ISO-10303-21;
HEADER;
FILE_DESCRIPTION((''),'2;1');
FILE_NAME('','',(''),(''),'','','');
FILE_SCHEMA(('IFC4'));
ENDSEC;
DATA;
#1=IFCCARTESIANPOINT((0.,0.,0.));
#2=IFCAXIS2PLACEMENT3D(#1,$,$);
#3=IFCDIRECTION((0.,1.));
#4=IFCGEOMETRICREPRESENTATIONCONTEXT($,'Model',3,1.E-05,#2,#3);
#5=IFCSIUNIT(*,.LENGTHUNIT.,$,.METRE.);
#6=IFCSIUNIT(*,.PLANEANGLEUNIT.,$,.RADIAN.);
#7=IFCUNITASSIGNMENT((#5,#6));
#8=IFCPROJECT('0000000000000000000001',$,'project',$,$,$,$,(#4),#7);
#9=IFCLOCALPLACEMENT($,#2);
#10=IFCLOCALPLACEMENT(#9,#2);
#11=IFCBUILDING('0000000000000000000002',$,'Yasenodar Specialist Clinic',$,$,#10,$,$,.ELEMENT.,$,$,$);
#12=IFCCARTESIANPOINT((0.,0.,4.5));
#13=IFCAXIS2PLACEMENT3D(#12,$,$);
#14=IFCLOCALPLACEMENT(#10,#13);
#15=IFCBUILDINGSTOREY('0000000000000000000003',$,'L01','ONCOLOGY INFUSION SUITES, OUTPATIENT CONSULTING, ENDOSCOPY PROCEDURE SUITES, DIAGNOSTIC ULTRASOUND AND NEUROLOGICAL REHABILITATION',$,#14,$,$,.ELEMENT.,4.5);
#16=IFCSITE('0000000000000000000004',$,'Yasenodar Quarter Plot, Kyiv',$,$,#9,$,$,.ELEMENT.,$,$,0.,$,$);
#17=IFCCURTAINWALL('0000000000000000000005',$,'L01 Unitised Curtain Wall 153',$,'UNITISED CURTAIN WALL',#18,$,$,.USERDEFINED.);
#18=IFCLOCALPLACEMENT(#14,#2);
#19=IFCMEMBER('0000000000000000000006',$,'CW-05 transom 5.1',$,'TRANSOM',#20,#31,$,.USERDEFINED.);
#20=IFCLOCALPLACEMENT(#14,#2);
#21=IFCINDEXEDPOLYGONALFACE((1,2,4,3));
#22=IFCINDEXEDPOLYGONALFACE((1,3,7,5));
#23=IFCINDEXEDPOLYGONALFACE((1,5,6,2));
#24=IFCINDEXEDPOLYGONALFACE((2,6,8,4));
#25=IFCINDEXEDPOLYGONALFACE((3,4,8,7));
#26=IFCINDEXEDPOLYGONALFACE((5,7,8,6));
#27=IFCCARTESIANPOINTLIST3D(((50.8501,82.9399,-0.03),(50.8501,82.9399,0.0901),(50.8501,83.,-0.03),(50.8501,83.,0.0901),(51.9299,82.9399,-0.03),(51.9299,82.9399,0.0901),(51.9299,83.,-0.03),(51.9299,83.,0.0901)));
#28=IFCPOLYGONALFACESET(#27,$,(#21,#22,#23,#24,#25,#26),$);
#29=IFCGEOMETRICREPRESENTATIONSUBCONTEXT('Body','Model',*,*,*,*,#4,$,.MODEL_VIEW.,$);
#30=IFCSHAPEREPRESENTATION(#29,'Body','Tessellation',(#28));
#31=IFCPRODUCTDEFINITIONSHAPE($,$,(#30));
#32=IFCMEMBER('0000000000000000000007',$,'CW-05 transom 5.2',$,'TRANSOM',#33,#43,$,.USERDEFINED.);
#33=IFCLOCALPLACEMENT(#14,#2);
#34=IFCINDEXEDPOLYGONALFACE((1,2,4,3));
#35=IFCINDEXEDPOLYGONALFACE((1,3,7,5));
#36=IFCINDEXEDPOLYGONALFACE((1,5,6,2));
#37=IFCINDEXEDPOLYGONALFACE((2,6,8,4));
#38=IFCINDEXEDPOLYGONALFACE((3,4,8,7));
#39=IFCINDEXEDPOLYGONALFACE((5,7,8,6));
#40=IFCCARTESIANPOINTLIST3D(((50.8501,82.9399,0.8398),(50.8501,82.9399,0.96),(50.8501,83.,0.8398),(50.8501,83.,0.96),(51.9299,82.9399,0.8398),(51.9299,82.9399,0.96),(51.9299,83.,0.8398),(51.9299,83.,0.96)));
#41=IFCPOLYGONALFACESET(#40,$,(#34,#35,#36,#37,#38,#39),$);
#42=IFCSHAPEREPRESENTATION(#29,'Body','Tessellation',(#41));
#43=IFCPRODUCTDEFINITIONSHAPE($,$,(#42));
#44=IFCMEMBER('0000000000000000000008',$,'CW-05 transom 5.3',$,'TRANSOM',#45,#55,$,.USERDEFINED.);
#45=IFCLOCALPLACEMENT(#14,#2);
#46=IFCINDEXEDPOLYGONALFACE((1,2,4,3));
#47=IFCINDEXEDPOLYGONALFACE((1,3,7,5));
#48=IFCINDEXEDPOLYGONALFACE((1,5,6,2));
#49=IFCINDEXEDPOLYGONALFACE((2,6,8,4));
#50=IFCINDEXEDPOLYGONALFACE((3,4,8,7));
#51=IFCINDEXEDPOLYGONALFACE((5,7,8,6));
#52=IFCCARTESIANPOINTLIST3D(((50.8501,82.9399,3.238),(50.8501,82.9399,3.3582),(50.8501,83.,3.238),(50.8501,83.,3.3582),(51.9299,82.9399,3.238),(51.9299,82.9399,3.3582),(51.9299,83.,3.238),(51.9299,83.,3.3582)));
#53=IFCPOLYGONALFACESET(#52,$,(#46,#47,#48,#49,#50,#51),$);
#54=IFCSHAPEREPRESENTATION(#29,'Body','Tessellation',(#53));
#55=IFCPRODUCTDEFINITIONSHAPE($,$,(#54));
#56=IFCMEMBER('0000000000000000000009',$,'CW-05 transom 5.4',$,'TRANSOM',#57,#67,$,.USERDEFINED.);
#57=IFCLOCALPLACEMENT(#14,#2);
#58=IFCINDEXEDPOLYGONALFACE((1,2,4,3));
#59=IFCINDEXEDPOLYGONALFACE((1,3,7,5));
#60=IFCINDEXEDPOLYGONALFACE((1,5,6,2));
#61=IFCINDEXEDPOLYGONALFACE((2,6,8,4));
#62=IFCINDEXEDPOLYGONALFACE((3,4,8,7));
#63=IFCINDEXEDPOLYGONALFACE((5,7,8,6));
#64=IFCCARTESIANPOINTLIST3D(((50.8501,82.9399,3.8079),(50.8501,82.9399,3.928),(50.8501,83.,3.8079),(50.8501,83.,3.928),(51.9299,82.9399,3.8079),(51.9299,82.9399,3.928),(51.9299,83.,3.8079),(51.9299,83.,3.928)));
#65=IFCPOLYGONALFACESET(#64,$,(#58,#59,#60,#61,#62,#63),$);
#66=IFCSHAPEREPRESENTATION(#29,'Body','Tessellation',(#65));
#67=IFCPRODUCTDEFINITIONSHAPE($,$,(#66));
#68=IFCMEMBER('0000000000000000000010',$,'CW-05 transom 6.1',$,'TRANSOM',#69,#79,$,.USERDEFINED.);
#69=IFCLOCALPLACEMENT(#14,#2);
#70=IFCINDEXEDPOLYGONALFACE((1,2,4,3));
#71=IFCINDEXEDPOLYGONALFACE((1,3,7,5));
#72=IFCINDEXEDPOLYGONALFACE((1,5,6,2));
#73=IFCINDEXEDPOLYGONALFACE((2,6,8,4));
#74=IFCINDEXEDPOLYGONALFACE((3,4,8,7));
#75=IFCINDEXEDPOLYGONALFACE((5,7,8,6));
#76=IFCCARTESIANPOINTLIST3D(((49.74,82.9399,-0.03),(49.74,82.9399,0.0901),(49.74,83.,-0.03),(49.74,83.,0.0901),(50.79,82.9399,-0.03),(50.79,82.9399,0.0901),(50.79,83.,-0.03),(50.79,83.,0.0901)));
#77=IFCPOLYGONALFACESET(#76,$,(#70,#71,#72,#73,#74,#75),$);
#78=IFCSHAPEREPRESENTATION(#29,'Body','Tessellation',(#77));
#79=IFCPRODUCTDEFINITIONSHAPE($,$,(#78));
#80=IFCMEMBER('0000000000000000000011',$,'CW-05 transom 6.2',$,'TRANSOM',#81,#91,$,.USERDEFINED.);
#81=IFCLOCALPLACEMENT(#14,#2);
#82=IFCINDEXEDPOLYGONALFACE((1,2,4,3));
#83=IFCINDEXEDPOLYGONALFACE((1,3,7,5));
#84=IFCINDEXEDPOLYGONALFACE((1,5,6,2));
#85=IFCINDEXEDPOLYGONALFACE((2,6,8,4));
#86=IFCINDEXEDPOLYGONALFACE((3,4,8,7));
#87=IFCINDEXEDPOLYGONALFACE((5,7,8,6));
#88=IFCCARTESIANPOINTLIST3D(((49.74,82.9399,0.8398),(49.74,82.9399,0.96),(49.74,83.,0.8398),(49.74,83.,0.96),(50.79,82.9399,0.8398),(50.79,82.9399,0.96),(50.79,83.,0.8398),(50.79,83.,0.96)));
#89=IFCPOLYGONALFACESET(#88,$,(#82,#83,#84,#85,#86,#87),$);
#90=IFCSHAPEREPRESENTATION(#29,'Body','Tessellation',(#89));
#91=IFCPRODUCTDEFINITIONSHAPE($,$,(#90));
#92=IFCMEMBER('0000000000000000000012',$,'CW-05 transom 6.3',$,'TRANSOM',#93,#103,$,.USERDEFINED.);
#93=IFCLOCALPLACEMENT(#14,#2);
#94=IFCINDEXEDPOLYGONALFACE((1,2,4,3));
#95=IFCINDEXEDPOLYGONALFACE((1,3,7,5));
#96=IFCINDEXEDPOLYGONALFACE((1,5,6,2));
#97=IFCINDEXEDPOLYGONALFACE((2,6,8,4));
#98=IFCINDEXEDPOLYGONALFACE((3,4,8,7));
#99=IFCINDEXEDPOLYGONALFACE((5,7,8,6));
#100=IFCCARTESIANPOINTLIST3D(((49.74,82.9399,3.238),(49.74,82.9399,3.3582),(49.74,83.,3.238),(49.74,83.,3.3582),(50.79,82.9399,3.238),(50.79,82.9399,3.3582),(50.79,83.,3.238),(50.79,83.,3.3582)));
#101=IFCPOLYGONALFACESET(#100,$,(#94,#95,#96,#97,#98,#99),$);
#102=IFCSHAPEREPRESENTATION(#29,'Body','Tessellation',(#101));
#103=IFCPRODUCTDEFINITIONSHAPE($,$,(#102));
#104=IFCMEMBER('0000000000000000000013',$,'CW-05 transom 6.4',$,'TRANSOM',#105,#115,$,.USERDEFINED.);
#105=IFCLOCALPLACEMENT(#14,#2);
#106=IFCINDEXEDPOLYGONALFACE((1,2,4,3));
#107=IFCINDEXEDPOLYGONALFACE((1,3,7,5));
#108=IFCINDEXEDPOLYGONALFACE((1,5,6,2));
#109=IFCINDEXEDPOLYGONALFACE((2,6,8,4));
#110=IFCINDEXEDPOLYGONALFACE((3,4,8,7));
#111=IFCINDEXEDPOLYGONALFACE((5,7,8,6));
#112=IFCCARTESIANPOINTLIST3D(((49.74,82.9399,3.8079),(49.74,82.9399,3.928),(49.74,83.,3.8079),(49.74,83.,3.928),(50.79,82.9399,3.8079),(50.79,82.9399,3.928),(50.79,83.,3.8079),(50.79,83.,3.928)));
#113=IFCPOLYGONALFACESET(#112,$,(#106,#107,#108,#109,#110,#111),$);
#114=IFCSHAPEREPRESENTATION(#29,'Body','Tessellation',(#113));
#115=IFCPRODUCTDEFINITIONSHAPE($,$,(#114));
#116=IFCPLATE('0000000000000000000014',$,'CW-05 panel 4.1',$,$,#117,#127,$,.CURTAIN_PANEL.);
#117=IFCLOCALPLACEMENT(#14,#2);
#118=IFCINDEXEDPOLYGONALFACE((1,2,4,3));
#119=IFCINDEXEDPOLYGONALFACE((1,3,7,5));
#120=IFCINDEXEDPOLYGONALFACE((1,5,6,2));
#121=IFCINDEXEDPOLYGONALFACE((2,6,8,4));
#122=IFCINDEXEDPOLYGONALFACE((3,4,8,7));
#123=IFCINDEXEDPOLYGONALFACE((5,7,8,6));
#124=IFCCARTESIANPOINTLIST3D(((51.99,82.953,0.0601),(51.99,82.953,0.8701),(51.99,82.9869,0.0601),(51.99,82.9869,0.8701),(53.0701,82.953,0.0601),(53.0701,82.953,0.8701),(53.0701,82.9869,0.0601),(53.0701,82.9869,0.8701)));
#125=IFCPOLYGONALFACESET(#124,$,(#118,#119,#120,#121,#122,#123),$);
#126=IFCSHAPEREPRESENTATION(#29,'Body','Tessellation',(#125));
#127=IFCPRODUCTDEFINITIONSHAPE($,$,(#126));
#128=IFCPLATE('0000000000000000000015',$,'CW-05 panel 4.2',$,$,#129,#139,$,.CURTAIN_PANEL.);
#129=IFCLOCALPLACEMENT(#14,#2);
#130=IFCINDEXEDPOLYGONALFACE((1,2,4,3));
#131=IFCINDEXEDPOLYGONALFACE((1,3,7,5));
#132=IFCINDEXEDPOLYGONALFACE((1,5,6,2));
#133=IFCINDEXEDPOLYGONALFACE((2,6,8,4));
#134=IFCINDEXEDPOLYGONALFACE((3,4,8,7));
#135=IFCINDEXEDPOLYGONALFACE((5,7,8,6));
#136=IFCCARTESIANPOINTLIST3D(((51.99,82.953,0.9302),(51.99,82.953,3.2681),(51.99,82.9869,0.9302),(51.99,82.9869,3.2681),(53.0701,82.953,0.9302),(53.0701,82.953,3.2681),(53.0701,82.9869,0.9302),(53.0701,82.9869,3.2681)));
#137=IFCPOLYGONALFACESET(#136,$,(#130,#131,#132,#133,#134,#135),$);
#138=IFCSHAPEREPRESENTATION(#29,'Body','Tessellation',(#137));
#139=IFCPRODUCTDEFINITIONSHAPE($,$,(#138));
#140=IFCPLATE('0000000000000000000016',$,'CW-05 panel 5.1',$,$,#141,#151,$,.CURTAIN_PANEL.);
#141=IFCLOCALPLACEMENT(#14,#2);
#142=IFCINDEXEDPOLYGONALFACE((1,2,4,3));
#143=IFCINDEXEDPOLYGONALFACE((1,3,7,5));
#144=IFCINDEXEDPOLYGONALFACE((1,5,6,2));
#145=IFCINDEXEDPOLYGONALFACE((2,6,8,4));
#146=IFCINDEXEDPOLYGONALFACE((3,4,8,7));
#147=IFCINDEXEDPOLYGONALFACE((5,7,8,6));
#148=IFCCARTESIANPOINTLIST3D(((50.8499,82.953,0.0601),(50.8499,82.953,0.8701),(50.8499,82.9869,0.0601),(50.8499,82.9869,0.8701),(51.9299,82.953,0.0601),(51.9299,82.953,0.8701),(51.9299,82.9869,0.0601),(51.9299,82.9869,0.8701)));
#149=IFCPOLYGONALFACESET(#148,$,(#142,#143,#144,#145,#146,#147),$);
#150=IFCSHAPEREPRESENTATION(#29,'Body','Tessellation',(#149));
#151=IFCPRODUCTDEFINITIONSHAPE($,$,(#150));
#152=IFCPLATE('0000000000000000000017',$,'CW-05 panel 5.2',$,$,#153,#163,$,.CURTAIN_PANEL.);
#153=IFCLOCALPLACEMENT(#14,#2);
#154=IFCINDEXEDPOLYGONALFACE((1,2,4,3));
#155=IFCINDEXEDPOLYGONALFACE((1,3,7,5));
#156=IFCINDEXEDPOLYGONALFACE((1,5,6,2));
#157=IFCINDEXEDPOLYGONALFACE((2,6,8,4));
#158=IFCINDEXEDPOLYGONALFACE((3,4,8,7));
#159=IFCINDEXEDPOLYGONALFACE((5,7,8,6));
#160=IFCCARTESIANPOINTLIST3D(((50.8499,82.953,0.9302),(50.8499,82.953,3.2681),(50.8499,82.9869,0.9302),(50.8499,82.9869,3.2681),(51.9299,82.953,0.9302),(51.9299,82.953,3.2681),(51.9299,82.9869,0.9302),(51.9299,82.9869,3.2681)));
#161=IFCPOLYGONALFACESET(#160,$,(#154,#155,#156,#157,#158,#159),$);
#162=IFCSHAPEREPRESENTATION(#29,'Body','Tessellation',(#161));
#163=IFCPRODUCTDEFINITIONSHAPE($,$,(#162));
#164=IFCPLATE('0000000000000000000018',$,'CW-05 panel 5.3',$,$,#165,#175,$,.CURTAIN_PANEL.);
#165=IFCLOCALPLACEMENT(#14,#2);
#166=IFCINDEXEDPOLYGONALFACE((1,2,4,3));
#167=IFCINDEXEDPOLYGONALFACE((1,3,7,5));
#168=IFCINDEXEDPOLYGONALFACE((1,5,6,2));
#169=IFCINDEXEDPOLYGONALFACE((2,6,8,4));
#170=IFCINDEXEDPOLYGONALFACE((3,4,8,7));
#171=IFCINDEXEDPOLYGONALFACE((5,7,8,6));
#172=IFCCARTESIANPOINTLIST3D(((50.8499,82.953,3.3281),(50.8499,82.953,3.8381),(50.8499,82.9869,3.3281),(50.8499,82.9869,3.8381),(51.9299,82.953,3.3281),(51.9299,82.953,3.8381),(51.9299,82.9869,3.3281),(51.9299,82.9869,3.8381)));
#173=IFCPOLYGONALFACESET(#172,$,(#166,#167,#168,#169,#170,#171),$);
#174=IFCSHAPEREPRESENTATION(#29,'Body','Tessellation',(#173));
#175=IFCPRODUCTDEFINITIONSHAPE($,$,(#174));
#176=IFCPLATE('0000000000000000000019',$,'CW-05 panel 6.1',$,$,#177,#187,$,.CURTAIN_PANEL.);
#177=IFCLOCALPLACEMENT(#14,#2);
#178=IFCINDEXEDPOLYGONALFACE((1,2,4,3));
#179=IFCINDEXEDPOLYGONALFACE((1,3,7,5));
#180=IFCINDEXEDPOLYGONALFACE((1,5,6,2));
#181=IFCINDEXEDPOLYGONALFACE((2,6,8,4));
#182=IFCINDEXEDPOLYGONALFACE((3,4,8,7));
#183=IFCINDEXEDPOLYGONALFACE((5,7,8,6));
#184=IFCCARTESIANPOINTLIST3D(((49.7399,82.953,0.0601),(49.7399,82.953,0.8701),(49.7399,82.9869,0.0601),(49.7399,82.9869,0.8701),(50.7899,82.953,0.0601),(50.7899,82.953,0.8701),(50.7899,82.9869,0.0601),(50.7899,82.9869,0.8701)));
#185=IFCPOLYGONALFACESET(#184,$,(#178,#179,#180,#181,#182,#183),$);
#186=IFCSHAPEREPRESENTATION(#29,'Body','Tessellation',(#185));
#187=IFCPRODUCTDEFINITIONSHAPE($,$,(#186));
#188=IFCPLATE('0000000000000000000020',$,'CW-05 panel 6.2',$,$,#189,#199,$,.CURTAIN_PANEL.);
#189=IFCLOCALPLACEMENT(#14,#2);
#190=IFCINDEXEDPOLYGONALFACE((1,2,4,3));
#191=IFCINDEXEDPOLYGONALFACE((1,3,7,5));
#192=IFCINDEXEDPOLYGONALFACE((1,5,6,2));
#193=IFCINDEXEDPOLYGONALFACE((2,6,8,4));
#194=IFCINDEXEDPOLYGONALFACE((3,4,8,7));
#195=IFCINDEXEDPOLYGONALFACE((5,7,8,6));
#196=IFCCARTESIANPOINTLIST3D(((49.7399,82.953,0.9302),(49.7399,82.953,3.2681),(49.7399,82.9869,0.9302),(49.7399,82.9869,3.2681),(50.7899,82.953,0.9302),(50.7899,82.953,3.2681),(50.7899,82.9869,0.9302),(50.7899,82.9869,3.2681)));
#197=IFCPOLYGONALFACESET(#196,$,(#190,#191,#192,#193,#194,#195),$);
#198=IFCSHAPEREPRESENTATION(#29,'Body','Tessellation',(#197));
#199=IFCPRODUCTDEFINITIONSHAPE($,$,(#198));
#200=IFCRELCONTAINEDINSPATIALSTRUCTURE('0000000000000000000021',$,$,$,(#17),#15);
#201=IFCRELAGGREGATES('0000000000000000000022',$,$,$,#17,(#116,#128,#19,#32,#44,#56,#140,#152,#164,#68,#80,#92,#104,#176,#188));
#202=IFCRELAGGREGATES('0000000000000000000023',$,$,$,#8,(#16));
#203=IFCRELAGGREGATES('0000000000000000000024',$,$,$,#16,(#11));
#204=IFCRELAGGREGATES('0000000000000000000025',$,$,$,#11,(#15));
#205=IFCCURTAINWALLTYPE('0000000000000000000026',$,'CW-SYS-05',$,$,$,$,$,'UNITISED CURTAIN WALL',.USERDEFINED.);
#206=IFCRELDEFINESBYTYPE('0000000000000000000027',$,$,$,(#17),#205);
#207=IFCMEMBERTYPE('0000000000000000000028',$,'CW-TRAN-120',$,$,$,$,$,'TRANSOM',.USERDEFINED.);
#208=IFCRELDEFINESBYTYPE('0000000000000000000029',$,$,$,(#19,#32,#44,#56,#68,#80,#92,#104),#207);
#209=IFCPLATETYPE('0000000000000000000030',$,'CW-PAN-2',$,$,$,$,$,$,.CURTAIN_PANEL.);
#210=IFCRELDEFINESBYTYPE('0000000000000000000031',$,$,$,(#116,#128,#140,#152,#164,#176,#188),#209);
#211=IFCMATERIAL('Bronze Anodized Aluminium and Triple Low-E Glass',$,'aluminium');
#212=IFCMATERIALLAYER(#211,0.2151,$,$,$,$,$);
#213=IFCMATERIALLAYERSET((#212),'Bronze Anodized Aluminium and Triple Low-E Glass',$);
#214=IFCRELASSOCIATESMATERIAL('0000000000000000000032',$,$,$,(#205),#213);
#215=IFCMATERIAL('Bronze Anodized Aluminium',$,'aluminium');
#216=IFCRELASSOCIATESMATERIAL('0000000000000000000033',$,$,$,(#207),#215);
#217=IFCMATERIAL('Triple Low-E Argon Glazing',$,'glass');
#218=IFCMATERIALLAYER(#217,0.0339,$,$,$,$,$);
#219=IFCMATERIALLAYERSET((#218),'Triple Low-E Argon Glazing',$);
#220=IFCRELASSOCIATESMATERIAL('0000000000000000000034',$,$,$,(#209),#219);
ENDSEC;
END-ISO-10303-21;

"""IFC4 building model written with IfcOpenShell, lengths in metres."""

from ifc_helpers import new_model, si_unit, direction, frame, origin, origin_2d, place, context, subcontext, project, spatial, rectangle, extrude, material, layer, layer_set, material_profile, profile_set, type_object, element, aggregate, save


model = new_model("IFC4")

# Units and contexts
model_context = context("Model", 3, precision=1e-05, world=origin(), true_north=direction((0.0, 1.0)))
body_context = subcontext(model_context, "Body", "Model", "MODEL_VIEW")
ifc_project = project(units=[si_unit("LENGTHUNIT", "METRE"), si_unit("PLANEANGLEUNIT", "RADIAN")], contexts=[model_context])

# Site, building, storey
site_placement = place(None, origin())
site = spatial("IfcSite", under=ifc_project, at=site_placement, Name="Yasenodar Quarter Plot, Kyiv", CompositionType="ELEMENT", RefElevation=0.0)
building_placement = place(site_placement, origin())
building = spatial("IfcBuilding", under=site, at=building_placement, Name="Yasenodar Specialist Clinic", CompositionType="ELEMENT")
storey_placement = place(building_placement, frame((0.0, 0.0, 4.5)))
storey = spatial("IfcBuildingStorey", under=building, at=storey_placement, Name="L01", Description="ONCOLOGY INFUSION SUITES, OUTPATIENT CONSULTING, ENDOSCOPY PROCEDURE SUITES, DIAGNOSTIC ULTRASOUND AND NEUROLOGICAL REHABILITATION", CompositionType="ELEMENT", Elevation=4.5)

# Curtain wall, members, plates
ifc_material_1 = material(Name="Bronze Anodized Aluminium and Triple Low-E Glass", Category="aluminium")
ifc_layer_1 = layer(ifc_material_1, 0.2151)
ifc_layer_set_1 = layer_set([ifc_layer_1], Name="Bronze Anodized Aluminium and Triple Low-E Glass")
curtain_wall_type = type_object("IfcCurtainWallType", Name="CW-SYS-05", ElementType="UNITISED CURTAIN WALL", PredefinedType="USERDEFINED", material=ifc_layer_set_1)
curtain_wall_placement = place(storey_placement, origin())
curtain_wall = element("IfcCurtainWall", 1, at=curtain_wall_placement, inside=storey, type_object=curtain_wall_type, Name="L01 Unitised Curtain Wall 153", ObjectType="UNITISED CURTAIN WALL", PredefinedType="USERDEFINED")
ifc_material_2 = material(Name="Bronze Anodized Aluminium", Category="aluminium")
ifc_material_profile_1 = material_profile(ifc_material_2, rectangle(XDim=0.0601, YDim=0.1201, at=origin_2d()), Name="CW-TRAN 60x120")
ifc_profile_set_1 = profile_set([ifc_material_profile_1], Name="Bronze Anodized Aluminium")
member_type_1 = type_object("IfcMemberType", Name="CW-TRAN-120", ElementType="TRANSOM", PredefinedType="USERDEFINED", material=ifc_profile_set_1)
member_1_placement = place(storey_placement, frame((51.9299, 82.97, 0.03), z_axis=(-1.0, 0.0, 0.0), x_axis=(0.0, -1.0, 0.0)))
member_1 = element("IfcMember", 2, at=member_1_placement, type_object=member_type_1, Name="CW-05 transom 5.1", ObjectType="TRANSOM", PredefinedType="USERDEFINED", context=body_context, shape_type="SweptSolid", body=[
    extrude(rectangle(XDim=0.0601, YDim=0.1201, at=origin_2d()), origin(), (0.0, 0.0, 1.0), 1.0798),
])
member_2_placement = place(storey_placement, frame((51.9299, 82.97, 0.8999), z_axis=(-1.0, 0.0, 0.0), x_axis=(0.0, -1.0, 0.0)))
member_2 = element("IfcMember", 3, at=member_2_placement, type_object=member_type_1, Name="CW-05 transom 5.2", ObjectType="TRANSOM", PredefinedType="USERDEFINED", context=body_context, shape_type="SweptSolid", body=[
    extrude(rectangle(XDim=0.0601, YDim=0.1201, at=origin_2d()), origin(), (0.0, 0.0, 1.0), 1.0798),
])
member_3_placement = place(storey_placement, frame((51.9299, 82.97, 3.2981), z_axis=(-1.0, 0.0, 0.0), x_axis=(0.0, -1.0, 0.0)))
member_3 = element("IfcMember", 4, at=member_3_placement, type_object=member_type_1, Name="CW-05 transom 5.3", ObjectType="TRANSOM", PredefinedType="USERDEFINED", context=body_context, shape_type="SweptSolid", body=[
    extrude(rectangle(XDim=0.0601, YDim=0.1201, at=origin_2d()), origin(), (0.0, 0.0, 1.0), 1.0798),
])
member_4_placement = place(storey_placement, frame((51.9299, 82.97, 3.8679), z_axis=(-1.0, 0.0, 0.0), x_axis=(0.0, -1.0, 0.0)))
member_4 = element("IfcMember", 5, at=member_4_placement, type_object=member_type_1, Name="CW-05 transom 5.4", ObjectType="TRANSOM", PredefinedType="USERDEFINED", context=body_context, shape_type="SweptSolid", body=[
    extrude(rectangle(XDim=0.0601, YDim=0.1201, at=origin_2d()), origin(), (0.0, 0.0, 1.0), 1.0798),
])
member_5_placement = place(storey_placement, frame((50.79, 82.97, 0.03), z_axis=(-1.0, 0.0, 0.0), x_axis=(0.0, -1.0, 0.0)))
member_5 = element("IfcMember", 6, at=member_5_placement, type_object=member_type_1, Name="CW-05 transom 6.1", ObjectType="TRANSOM", PredefinedType="USERDEFINED", context=body_context, shape_type="SweptSolid", body=[
    extrude(rectangle(XDim=0.0601, YDim=0.1201, at=origin_2d()), origin(), (0.0, 0.0, 1.0), 1.05),
])
member_6_placement = place(storey_placement, frame((50.79, 82.97, 0.8999), z_axis=(-1.0, 0.0, 0.0), x_axis=(0.0, -1.0, 0.0)))
member_6 = element("IfcMember", 7, at=member_6_placement, type_object=member_type_1, Name="CW-05 transom 6.2", ObjectType="TRANSOM", PredefinedType="USERDEFINED", context=body_context, shape_type="SweptSolid", body=[
    extrude(rectangle(XDim=0.0601, YDim=0.1201, at=origin_2d()), origin(), (0.0, 0.0, 1.0), 1.05),
])
member_7_placement = place(storey_placement, frame((50.79, 82.97, 3.2981), z_axis=(-1.0, 0.0, 0.0), x_axis=(0.0, -1.0, 0.0)))
member_7 = element("IfcMember", 8, at=member_7_placement, type_object=member_type_1, Name="CW-05 transom 6.3", ObjectType="TRANSOM", PredefinedType="USERDEFINED", context=body_context, shape_type="SweptSolid", body=[
    extrude(rectangle(XDim=0.0601, YDim=0.1201, at=origin_2d()), origin(), (0.0, 0.0, 1.0), 1.05),
])
member_8_placement = place(storey_placement, frame((50.79, 82.97, 3.8679), z_axis=(-1.0, 0.0, 0.0), x_axis=(0.0, -1.0, 0.0)))
member_8 = element("IfcMember", 9, at=member_8_placement, type_object=member_type_1, Name="CW-05 transom 6.4", ObjectType="TRANSOM", PredefinedType="USERDEFINED", context=body_context, shape_type="SweptSolid", body=[
    extrude(rectangle(XDim=0.0601, YDim=0.1201, at=origin_2d()), origin(), (0.0, 0.0, 1.0), 1.05),
])
ifc_material_3 = material(Name="Triple Low-E Argon Glazing", Category="glass")
ifc_layer_2 = layer(ifc_material_3, 0.0339)
ifc_layer_set_2 = layer_set([ifc_layer_2], Name="Triple Low-E Argon Glazing")
plate_type = type_object("IfcPlateType", Name="CW-PAN-2", PredefinedType="CURTAIN_PANEL", material=ifc_layer_set_2)
plate_1_placement = place(storey_placement, frame((52.53, 82.97, 0.0601), z_axis=(0.0, 0.0, 1.0), x_axis=(-1.0, 0.0, 0.0)))
plate_1 = element("IfcPlate", 10, at=plate_1_placement, type_object=plate_type, Name="CW-05 panel 4.1", PredefinedType="CURTAIN_PANEL", context=body_context, shape_type="SweptSolid", body=[
    extrude(rectangle(XDim=1.0801, YDim=0.0339, at=origin_2d()), origin(), (0.0, 0.0, 1.0), 0.8101),
])
plate_2_placement = place(storey_placement, frame((52.53, 82.97, 0.9302), z_axis=(0.0, 0.0, 1.0), x_axis=(-1.0, 0.0, 0.0)))
plate_2 = element("IfcPlate", 11, at=plate_2_placement, type_object=plate_type, Name="CW-05 panel 4.2", PredefinedType="CURTAIN_PANEL", context=body_context, shape_type="SweptSolid", body=[
    extrude(rectangle(XDim=1.0801, YDim=0.0339, at=origin_2d()), origin(), (0.0, 0.0, 1.0), 2.3379),
])
plate_3_placement = place(storey_placement, frame((51.3899, 82.97, 0.0601), z_axis=(0.0, 0.0, 1.0), x_axis=(-1.0, 0.0, 0.0)))
plate_3 = element("IfcPlate", 12, at=plate_3_placement, type_object=plate_type, Name="CW-05 panel 5.1", PredefinedType="CURTAIN_PANEL", context=body_context, shape_type="SweptSolid", body=[
    extrude(rectangle(XDim=1.0801, YDim=0.0339, at=origin_2d()), origin(), (0.0, 0.0, 1.0), 0.8101),
])
plate_4_placement = place(storey_placement, frame((51.3899, 82.97, 0.9302), z_axis=(0.0, 0.0, 1.0), x_axis=(-1.0, 0.0, 0.0)))
plate_4 = element("IfcPlate", 13, at=plate_4_placement, type_object=plate_type, Name="CW-05 panel 5.2", PredefinedType="CURTAIN_PANEL", context=body_context, shape_type="SweptSolid", body=[
    extrude(rectangle(XDim=1.0801, YDim=0.0339, at=origin_2d()), origin(), (0.0, 0.0, 1.0), 2.3379),
])
plate_5_placement = place(storey_placement, frame((51.3899, 82.97, 3.3281), z_axis=(0.0, 0.0, 1.0), x_axis=(-1.0, 0.0, 0.0)))
plate_5 = element("IfcPlate", 14, at=plate_5_placement, type_object=plate_type, Name="CW-05 panel 5.3", PredefinedType="CURTAIN_PANEL", context=body_context, shape_type="SweptSolid", body=[
    extrude(rectangle(XDim=1.0801, YDim=0.0339, at=origin_2d()), origin(), (0.0, 0.0, 1.0), 0.51),
])
plate_6_placement = place(storey_placement, frame((50.2649, 82.97, 0.0601), z_axis=(0.0, 0.0, 1.0), x_axis=(-1.0, 0.0, 0.0)))
plate_6 = element("IfcPlate", 15, at=plate_6_placement, type_object=plate_type, Name="CW-05 panel 6.1", PredefinedType="CURTAIN_PANEL", context=body_context, shape_type="SweptSolid", body=[
    extrude(rectangle(XDim=1.05, YDim=0.0339, at=origin_2d()), origin(), (0.0, 0.0, 1.0), 0.8101),
])
plate_7_placement = place(storey_placement, frame((50.2649, 82.97, 0.9302), z_axis=(0.0, 0.0, 1.0), x_axis=(-1.0, 0.0, 0.0)))
plate_7 = element("IfcPlate", 16, at=plate_7_placement, type_object=plate_type, Name="CW-05 panel 6.2", PredefinedType="CURTAIN_PANEL", context=body_context, shape_type="SweptSolid", body=[
    extrude(rectangle(XDim=1.05, YDim=0.0339, at=origin_2d()), origin(), (0.0, 0.0, 1.0), 2.3379),
])
aggregate(curtain_wall, [plate_1, plate_2, member_1, member_2, member_3, member_4, plate_3, plate_4, plate_5, member_5, member_6, member_7, member_8, plate_6, plate_7])

save(model, "model.ifc")
